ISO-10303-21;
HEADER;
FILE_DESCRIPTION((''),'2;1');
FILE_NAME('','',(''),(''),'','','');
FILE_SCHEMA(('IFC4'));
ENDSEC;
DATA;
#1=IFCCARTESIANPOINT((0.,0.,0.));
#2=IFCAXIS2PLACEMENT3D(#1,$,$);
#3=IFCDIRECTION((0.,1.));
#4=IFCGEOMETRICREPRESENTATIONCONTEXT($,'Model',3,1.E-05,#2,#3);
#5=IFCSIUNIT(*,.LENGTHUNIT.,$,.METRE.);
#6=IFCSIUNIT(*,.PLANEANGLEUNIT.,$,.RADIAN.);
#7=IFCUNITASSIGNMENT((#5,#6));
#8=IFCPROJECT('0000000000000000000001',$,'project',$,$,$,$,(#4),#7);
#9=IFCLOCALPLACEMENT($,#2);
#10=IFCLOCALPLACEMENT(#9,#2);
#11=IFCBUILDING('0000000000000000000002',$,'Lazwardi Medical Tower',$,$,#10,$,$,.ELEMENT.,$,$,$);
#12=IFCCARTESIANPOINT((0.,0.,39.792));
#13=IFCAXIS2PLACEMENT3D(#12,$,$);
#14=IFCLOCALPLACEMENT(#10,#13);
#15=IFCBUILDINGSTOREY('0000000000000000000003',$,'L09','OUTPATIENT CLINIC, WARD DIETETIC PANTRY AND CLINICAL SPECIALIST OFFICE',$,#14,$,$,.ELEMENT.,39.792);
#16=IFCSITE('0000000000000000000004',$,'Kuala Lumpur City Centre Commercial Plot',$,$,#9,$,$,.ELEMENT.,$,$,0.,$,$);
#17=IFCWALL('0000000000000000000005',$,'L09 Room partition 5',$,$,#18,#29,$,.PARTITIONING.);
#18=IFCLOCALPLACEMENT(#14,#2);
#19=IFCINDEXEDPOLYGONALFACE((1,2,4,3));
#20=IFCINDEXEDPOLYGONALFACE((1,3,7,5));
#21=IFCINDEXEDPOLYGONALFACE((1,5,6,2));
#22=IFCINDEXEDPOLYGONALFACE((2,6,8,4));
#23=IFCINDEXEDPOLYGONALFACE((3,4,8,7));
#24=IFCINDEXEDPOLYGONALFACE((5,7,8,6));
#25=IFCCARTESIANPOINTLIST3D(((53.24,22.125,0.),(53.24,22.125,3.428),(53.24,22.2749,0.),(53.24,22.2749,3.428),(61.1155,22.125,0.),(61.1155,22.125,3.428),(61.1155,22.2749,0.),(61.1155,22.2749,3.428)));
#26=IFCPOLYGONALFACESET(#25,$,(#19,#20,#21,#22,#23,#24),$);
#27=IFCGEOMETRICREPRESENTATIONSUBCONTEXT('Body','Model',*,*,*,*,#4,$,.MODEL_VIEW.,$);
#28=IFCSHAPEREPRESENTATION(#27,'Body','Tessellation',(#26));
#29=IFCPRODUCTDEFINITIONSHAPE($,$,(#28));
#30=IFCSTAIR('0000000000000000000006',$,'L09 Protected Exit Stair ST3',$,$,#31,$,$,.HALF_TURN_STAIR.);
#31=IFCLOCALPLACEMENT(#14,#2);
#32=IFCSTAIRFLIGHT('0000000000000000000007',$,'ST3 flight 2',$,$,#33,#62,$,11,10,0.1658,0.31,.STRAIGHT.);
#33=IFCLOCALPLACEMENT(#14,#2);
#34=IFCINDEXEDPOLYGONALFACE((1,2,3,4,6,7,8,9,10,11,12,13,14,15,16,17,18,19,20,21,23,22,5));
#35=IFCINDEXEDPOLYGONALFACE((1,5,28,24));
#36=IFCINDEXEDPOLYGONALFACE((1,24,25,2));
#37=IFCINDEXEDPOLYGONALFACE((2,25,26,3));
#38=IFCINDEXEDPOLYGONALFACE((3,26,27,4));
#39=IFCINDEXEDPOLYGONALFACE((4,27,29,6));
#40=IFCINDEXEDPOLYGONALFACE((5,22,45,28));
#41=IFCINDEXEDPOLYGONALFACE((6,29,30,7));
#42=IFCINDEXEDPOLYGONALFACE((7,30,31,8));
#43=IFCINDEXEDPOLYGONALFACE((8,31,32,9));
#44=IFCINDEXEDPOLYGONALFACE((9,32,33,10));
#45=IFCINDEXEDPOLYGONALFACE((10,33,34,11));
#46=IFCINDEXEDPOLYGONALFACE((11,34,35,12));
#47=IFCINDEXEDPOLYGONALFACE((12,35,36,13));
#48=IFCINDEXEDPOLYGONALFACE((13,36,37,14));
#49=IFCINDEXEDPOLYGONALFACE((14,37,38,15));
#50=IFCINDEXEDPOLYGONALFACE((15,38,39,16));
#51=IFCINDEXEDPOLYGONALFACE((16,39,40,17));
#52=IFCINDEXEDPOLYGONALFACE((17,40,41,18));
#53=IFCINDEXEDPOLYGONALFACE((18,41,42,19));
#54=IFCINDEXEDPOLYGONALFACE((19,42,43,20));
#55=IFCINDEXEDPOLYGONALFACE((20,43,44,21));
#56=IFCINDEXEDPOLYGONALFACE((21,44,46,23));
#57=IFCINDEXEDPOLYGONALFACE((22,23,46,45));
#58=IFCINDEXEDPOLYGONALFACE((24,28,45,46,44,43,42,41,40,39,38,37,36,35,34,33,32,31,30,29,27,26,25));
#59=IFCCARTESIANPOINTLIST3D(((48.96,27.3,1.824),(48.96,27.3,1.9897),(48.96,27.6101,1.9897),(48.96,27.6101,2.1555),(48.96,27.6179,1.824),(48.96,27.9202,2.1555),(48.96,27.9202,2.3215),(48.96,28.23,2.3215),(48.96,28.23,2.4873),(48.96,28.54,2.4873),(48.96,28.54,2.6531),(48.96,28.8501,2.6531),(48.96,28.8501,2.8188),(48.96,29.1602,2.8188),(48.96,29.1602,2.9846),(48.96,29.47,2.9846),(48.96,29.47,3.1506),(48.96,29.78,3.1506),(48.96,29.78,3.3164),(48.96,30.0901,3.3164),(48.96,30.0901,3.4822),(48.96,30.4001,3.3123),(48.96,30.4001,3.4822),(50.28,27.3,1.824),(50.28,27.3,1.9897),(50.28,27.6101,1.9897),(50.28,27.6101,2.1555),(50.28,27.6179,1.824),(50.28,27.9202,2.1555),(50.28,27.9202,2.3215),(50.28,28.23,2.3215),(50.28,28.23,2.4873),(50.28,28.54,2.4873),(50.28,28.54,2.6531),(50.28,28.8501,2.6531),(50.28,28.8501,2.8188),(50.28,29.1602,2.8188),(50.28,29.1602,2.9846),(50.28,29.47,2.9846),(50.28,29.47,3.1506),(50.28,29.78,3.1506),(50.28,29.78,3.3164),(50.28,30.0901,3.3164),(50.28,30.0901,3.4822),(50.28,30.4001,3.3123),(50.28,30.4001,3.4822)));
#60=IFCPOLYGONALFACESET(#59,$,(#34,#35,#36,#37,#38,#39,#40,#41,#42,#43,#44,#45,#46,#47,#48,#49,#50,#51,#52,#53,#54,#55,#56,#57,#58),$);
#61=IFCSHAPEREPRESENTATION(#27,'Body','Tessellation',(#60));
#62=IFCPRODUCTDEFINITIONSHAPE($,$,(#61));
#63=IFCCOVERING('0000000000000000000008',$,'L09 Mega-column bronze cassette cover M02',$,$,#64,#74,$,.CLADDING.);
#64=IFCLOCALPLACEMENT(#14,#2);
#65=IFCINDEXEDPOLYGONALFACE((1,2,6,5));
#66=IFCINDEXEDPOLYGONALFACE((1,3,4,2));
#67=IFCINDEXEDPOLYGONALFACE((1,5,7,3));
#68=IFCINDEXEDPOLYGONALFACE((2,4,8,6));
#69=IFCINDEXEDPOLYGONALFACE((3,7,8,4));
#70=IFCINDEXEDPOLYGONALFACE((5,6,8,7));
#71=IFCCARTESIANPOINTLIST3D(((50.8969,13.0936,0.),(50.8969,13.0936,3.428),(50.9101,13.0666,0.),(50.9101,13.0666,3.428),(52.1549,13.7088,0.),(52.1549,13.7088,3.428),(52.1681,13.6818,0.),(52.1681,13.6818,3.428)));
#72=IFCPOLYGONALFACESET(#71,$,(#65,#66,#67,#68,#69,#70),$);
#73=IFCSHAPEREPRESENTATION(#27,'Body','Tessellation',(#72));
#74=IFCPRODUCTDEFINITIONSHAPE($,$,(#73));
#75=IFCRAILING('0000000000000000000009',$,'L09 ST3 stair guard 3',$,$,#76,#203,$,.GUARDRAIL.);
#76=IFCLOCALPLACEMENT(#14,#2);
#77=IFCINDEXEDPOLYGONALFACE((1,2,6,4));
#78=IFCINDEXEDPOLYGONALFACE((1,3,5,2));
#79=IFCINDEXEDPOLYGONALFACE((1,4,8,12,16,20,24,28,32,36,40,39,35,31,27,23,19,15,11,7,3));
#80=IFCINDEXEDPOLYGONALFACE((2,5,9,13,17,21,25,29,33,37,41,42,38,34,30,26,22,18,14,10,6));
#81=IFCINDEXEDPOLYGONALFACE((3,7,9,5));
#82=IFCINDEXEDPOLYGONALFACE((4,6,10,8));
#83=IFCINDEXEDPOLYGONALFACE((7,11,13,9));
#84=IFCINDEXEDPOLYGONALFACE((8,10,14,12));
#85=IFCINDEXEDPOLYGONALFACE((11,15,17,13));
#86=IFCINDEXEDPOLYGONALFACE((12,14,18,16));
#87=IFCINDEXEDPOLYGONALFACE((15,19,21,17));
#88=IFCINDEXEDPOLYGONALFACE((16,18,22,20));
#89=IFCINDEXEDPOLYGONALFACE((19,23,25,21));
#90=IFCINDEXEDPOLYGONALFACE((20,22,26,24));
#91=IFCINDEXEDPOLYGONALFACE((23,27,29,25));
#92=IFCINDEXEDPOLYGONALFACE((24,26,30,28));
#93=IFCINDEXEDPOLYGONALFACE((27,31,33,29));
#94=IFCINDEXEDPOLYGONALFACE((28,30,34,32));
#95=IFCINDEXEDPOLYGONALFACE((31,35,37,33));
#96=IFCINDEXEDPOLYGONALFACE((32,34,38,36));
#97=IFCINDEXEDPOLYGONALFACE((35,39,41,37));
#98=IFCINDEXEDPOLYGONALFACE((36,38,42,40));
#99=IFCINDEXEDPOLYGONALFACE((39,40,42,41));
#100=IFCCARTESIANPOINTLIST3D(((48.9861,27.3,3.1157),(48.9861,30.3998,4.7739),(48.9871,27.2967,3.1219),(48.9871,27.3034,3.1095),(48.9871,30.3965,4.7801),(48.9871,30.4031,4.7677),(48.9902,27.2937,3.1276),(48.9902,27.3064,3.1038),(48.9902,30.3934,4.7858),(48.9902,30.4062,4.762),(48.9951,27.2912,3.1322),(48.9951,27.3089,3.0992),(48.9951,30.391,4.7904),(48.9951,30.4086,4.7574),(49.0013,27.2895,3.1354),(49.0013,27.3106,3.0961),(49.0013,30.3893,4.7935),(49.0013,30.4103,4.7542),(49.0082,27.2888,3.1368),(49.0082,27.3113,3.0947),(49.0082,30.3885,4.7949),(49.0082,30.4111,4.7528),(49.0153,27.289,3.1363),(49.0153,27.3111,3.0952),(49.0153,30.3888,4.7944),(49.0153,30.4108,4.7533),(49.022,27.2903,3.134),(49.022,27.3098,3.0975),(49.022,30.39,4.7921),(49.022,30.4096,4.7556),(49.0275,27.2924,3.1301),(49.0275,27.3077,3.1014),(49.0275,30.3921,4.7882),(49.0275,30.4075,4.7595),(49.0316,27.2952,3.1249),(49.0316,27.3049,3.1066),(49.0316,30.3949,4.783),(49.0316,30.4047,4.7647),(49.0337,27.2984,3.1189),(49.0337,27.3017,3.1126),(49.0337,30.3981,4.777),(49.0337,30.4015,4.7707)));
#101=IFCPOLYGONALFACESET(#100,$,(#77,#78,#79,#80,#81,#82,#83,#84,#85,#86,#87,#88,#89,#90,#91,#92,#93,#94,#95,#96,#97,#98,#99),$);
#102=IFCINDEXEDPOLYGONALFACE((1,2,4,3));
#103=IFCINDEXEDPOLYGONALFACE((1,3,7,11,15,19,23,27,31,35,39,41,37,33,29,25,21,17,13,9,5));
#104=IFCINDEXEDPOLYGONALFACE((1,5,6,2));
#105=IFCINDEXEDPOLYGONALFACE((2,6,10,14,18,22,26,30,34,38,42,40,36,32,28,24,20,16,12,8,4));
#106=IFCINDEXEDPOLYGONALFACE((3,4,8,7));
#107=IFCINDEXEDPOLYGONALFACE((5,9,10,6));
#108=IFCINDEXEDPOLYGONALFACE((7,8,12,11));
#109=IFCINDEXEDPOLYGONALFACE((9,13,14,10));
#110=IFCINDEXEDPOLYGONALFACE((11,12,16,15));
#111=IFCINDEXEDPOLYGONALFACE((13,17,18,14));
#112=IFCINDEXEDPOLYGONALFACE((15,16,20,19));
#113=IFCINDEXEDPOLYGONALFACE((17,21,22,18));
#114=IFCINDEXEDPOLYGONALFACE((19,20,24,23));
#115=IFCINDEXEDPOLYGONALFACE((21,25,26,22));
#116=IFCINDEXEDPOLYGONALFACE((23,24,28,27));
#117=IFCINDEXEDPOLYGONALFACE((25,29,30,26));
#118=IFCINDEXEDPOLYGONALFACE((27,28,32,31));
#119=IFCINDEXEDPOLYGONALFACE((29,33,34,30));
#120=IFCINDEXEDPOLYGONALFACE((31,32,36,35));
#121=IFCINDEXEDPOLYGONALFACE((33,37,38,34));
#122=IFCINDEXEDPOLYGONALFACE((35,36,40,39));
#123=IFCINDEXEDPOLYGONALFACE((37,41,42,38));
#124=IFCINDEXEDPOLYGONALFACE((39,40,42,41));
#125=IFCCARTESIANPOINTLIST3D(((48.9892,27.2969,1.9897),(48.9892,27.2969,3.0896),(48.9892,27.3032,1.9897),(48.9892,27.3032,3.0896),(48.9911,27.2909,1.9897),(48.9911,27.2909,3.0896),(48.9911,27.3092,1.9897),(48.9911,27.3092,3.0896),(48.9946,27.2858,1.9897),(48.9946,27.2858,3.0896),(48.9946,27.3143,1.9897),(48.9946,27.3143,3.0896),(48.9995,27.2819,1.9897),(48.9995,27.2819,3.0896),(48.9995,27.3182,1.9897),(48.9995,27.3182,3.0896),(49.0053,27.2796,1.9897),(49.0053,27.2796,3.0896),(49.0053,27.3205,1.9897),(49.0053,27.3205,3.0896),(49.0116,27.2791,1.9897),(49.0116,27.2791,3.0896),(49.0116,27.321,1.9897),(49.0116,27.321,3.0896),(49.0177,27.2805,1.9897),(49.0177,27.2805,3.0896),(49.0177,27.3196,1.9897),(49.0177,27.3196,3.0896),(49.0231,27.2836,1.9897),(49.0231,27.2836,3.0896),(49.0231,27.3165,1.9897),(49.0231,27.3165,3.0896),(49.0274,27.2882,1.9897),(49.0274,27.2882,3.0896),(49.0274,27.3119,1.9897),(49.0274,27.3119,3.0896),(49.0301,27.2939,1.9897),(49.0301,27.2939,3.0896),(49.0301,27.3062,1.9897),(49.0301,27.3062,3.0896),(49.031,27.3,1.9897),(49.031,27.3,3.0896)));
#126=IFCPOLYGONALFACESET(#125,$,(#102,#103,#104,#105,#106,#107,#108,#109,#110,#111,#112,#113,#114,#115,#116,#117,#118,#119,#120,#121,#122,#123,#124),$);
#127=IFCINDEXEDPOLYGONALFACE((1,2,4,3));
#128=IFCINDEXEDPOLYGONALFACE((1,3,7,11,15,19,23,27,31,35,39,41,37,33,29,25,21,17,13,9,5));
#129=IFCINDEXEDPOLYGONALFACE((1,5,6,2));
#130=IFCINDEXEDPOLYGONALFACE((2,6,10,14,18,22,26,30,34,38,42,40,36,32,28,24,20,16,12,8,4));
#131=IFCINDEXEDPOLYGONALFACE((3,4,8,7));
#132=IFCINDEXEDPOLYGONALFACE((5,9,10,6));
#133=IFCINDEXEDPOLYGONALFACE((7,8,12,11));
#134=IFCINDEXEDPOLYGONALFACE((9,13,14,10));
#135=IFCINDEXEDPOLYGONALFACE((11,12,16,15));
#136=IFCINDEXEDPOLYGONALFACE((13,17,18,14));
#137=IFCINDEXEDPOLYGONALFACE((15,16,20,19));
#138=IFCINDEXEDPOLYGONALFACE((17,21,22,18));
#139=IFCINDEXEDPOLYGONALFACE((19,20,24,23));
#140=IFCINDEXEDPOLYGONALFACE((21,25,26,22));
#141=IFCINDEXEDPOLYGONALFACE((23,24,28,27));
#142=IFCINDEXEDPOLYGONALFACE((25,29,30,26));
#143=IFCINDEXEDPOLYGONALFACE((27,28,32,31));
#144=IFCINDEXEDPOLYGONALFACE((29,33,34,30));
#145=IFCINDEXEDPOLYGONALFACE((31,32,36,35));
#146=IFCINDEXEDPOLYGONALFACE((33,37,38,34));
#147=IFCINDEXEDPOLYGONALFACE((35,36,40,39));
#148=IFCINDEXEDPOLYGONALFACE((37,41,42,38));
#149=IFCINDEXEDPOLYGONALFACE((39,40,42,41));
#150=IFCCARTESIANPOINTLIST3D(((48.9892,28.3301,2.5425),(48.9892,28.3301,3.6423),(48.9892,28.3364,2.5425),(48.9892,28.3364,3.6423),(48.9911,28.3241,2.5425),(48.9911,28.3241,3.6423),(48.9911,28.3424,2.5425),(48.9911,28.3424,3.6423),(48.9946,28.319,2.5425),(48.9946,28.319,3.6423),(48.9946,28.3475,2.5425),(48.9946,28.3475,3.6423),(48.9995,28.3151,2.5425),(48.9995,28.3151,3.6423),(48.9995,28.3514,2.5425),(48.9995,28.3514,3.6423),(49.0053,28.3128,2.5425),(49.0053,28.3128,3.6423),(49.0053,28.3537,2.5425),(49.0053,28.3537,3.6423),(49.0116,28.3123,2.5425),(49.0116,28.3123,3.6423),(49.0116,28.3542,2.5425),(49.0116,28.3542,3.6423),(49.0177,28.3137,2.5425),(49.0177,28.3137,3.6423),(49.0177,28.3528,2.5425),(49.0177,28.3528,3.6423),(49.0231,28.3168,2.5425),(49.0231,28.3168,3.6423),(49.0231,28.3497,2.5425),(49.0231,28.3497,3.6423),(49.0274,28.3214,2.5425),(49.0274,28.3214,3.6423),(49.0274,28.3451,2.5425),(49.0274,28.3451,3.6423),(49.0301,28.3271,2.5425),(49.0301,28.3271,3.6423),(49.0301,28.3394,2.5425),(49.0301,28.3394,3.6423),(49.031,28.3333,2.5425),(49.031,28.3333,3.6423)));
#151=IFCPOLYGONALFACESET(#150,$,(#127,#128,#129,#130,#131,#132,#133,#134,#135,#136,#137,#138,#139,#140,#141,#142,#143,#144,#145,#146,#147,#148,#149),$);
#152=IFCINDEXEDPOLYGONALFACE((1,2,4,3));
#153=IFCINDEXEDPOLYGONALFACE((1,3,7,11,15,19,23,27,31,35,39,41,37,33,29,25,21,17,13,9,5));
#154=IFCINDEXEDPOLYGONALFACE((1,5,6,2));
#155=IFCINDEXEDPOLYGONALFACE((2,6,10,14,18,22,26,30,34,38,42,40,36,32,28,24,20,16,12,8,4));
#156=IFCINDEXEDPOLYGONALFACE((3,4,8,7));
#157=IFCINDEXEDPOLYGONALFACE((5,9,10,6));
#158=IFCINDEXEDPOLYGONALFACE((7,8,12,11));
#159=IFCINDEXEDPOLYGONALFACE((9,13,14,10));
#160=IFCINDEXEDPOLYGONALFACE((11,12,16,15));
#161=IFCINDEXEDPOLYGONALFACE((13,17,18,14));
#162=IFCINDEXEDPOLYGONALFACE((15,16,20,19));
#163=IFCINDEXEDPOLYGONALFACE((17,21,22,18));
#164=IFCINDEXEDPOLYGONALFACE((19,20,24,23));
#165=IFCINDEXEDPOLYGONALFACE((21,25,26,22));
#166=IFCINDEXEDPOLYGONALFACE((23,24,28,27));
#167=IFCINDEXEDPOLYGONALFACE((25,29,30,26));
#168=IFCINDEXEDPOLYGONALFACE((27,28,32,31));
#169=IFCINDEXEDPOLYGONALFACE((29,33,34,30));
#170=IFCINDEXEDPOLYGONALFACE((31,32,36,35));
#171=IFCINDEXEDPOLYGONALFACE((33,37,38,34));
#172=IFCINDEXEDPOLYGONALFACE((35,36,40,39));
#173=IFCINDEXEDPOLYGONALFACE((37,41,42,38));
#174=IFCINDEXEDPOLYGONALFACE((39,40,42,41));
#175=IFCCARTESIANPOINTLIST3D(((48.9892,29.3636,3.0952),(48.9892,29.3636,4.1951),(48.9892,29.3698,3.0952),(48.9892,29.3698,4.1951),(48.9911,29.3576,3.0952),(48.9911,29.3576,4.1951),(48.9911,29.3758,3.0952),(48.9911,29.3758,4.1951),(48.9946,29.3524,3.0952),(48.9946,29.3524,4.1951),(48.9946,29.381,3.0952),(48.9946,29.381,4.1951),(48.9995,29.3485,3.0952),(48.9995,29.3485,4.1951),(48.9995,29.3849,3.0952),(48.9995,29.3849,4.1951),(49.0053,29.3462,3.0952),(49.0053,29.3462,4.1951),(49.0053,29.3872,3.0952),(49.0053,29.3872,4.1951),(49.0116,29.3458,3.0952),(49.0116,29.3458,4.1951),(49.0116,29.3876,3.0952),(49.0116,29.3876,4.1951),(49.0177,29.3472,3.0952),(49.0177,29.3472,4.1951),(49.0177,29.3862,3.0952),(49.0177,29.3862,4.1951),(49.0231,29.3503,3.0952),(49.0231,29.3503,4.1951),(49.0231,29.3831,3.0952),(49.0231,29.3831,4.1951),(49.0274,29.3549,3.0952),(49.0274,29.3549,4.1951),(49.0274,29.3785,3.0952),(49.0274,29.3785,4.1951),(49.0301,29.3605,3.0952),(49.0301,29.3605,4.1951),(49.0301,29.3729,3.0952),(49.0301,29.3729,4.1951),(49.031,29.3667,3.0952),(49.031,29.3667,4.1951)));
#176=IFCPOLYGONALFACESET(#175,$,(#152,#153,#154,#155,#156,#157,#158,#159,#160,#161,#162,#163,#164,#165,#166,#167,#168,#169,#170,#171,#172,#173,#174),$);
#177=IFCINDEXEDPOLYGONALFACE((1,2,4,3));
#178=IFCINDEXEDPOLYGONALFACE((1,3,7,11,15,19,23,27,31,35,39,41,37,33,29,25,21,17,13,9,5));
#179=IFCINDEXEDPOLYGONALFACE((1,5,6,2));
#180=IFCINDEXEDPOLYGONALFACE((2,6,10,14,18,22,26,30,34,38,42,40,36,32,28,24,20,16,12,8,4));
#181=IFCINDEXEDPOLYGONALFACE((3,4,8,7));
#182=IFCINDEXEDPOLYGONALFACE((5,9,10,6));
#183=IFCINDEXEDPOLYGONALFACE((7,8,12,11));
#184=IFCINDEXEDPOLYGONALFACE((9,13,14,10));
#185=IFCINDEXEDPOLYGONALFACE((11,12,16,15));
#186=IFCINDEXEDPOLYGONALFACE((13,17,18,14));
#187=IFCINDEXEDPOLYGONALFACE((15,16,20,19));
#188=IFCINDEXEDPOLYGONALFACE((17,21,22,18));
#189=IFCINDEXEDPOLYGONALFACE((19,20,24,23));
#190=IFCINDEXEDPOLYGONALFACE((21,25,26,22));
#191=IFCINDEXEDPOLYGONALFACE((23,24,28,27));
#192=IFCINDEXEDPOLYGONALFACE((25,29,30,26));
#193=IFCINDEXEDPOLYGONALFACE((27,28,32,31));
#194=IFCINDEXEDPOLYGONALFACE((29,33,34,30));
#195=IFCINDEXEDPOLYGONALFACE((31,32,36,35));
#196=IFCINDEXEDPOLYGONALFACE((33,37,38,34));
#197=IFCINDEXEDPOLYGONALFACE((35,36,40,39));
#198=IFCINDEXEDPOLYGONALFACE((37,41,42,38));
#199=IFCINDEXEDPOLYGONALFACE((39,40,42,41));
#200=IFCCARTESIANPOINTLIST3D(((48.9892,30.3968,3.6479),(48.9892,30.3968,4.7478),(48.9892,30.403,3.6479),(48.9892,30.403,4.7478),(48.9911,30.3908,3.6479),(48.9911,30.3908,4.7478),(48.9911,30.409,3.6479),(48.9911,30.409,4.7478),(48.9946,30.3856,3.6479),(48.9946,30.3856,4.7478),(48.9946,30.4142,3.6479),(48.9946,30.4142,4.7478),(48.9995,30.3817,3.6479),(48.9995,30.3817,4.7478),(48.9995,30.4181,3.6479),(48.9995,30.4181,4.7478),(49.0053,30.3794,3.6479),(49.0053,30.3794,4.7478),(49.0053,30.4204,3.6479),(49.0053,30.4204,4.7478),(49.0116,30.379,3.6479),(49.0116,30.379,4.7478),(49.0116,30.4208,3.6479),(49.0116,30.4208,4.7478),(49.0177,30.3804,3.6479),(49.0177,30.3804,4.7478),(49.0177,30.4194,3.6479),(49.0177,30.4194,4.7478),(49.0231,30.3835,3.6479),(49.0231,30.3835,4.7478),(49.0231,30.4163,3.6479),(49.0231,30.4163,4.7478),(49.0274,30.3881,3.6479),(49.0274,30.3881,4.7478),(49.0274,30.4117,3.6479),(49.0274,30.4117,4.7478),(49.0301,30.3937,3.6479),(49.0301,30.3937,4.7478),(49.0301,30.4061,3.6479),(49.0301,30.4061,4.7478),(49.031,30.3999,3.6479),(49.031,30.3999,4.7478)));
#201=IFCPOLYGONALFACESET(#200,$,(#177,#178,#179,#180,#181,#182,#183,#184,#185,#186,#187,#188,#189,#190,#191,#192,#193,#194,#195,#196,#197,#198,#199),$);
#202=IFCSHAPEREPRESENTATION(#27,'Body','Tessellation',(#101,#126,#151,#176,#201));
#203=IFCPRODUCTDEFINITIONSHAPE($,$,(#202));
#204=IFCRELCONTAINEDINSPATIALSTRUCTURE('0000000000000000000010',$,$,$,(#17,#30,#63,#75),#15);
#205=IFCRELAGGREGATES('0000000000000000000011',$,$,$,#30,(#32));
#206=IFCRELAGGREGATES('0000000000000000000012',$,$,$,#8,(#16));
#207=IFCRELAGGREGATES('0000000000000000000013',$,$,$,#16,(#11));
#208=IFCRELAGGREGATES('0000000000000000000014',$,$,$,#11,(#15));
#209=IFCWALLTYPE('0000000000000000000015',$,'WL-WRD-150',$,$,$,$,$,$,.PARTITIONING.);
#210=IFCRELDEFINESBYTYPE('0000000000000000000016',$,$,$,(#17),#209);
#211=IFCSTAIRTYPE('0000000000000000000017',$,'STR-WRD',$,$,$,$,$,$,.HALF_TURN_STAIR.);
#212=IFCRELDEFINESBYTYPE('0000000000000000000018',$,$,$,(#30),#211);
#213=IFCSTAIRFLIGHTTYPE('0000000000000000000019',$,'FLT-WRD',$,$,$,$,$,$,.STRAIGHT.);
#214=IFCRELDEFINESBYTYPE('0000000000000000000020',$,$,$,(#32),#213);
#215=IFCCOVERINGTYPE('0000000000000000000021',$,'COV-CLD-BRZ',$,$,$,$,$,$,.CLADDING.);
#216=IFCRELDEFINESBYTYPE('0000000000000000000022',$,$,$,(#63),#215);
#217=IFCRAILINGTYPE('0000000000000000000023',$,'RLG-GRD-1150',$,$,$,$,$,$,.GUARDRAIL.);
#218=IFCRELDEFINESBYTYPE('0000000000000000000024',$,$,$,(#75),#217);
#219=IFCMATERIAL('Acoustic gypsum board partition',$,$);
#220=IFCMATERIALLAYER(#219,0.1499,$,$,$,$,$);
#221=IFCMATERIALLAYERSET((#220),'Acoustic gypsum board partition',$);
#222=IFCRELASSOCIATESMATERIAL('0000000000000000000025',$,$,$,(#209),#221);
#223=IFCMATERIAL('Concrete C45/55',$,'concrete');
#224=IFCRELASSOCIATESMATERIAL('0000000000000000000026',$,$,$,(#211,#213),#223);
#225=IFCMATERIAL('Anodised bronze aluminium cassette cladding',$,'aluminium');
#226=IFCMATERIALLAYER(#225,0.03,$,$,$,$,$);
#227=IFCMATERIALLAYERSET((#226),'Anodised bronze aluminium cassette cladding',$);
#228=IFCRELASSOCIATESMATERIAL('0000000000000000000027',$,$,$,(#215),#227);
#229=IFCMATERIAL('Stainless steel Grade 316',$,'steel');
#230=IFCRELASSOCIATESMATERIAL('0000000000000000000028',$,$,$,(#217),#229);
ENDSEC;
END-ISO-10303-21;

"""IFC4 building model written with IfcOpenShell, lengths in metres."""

from ifc_helpers import new_model, si_unit, direction, frame, frame_2d, origin, origin_2d, place, context, subcontext, project, spatial, polyline, rectangle, circle, outline, extrude, material, layer, layer_set, type_object, element, aggregate, save


model = new_model("IFC4")

# Units and contexts
model_context = context("Model", 3, precision=1e-05, world=origin(), true_north=direction((0.0, 1.0)))
body_context = subcontext(model_context, "Body", "Model", "MODEL_VIEW")
ifc_project = project(units=[si_unit("LENGTHUNIT", "METRE"), si_unit("PLANEANGLEUNIT", "RADIAN")], contexts=[model_context])

# Site, building, storey
site_placement = place(None, origin())
site = spatial("IfcSite", under=ifc_project, at=site_placement, Name="Kuala Lumpur City Centre Commercial Plot", CompositionType="ELEMENT", RefElevation=0.0)
building_placement = place(site_placement, origin())
building = spatial("IfcBuilding", under=site, at=building_placement, Name="Lazwardi Medical Tower", CompositionType="ELEMENT")
storey_placement = place(building_placement, frame((0.0, 0.0, 39.792)))
storey = spatial("IfcBuildingStorey", under=building, at=storey_placement, Name="L09", Description="OUTPATIENT CLINIC, WARD DIETETIC PANTRY AND CLINICAL SPECIALIST OFFICE", CompositionType="ELEMENT", Elevation=39.792)

# Wall
ifc_material_1 = material(Name="Acoustic gypsum board partition")
ifc_layer_1 = layer(ifc_material_1, 0.1499)
ifc_layer_set_1 = layer_set([ifc_layer_1], Name="Acoustic gypsum board partition")
wall_type_1 = type_object("IfcWallType", Name="WL-WRD-150", PredefinedType="PARTITIONING", material=ifc_layer_set_1)
wall_1_placement = place(storey_placement, frame((53.24, 22.2, 0.0), z_axis=(0.0, 0.0, 1.0), x_axis=(1.0, 0.0, 0.0)))
element("IfcWall", 1, at=wall_1_placement, inside=storey, type_object=wall_type_1, Name="L09 Room partition 5", PredefinedType="PARTITIONING", context=body_context, shape_type="SweptSolid", body=[
    extrude(rectangle(XDim=7.8755, YDim=0.1499, at=frame_2d((3.9377, 0.0))), origin(), (0.0, 0.0, 1.0), 3.428),
])

# Stair, stair flight
ifc_material_2 = material(Name="Concrete C45/55", Category="concrete")
stair_type = type_object("IfcStairType", Name="STR-WRD", PredefinedType="HALF_TURN_STAIR", material=ifc_material_2)
stair_placement = place(storey_placement, origin())
stair = element("IfcStair", 2, at=stair_placement, inside=storey, type_object=stair_type, Name="L09 Protected Exit Stair ST3", PredefinedType="HALF_TURN_STAIR")
stair_flight_type = type_object("IfcStairFlightType", Name="FLT-WRD", PredefinedType="STRAIGHT", material=ifc_material_2)
stair_flight_placement = place(storey_placement, frame((49.6201, 27.3, 1.824), z_axis=(0.0, 0.0, 1.0), x_axis=(0.0, 1.0, 0.0)))
stair_flight = element("IfcStairFlight", 3, at=stair_flight_placement, type_object=stair_flight_type, Name="ST3 flight 2", NumberOfRisers=11, NumberOfTreads=10, PredefinedType="STRAIGHT", RiserHeight=0.1658, TreadLength=0.31, context=body_context, shape_type="SweptSolid", body=[
    extrude(outline(polyline([(0.0, 0.0), (0.0, 0.1658), (0.3101, 0.1658), (0.3101, 0.3315), (0.6201, 0.3315), (0.6201, 0.4976), (0.9299, 0.4976), (0.9299, 0.6633), (1.24, 0.6633), (1.24, 0.8291), (1.55, 0.8291), (1.55, 0.9949), (1.8601, 0.9949), (1.8601, 1.1606), (2.1699, 1.1606), (2.1699, 1.3267), (2.48, 1.3267), (2.48, 1.4924), (2.79, 1.4924), (2.79, 1.6582), (3.1001, 1.6582), (3.1001, 1.824), (3.1001, 1.4883), (0.3179, 0.0), (0.0, 0.0)])), frame((0.0, 0.6602, 0.0), z_axis=(0.0, -1.0, 0.0), x_axis=(1.0, 0.0, 0.0)), (0.0, 0.0, 1.0), 1.3201),
])
aggregate(stair, [stair_flight])

# Covering
ifc_material_3 = material(Name="Anodised bronze aluminium cassette cladding", Category="aluminium")
ifc_layer_2 = layer(ifc_material_3, 0.03)
ifc_layer_set_2 = layer_set([ifc_layer_2], Name="Anodised bronze aluminium cassette cladding")
covering_type = type_object("IfcCoveringType", Name="COV-CLD-BRZ", PredefinedType="CLADDING", material=ifc_layer_set_2)
covering_placement = place(storey_placement, frame((51.5325, 13.3877, 0.0), z_axis=(0.0, 0.0, 1.0), x_axis=(0.898334, 0.439312, 0.0)))
element("IfcCovering", 4, at=covering_placement, inside=storey, type_object=covering_type, Name="L09 Mega-column bronze cassette cover M02", PredefinedType="CLADDING", context=body_context, shape_type="SweptSolid", body=[
    extrude(rectangle(XDim=1.4004, YDim=0.03, at=origin_2d()), origin(), (0.0, 0.0, 1.0), 3.428),
])

# Railing
ifc_material_4 = material(Name="Stainless steel Grade 316", Category="steel")
railing_type_1 = type_object("IfcRailingType", Name="RLG-GRD-1150", PredefinedType="GUARDRAIL", material=ifc_material_4)
railing_1_placement = place(storey_placement, frame((49.01, 27.3, 1.9897)))
element("IfcRailing", 5, at=railing_1_placement, inside=storey, type_object=railing_type_1, Name="L09 ST3 stair guard 3", PredefinedType="GUARDRAIL", context=body_context, shape_type="SweptSolid", body=[
    extrude(circle(Radius=0.0239, at=origin_2d()), frame((0.0, 0.0, 1.126), z_axis=(0.0, 0.881768, 0.471684), x_axis=(-1.0, 0.0, 0.0)), (0.0, 0.0, 1.0), 3.5154),
    extrude(circle(Radius=0.021, at=origin_2d()), origin(), (0.0, 0.0, 1.0), 1.0999),
    extrude(circle(Radius=0.021, at=origin_2d()), frame((0.0, 1.0332, 0.5527)), (0.0, 0.0, 1.0), 1.0999),
    extrude(circle(Radius=0.021, at=origin_2d()), frame((0.0, 2.0667, 1.1055)), (0.0, 0.0, 1.0), 1.0999),
    extrude(circle(Radius=0.021, at=origin_2d()), frame((0.0, 3.0999, 1.6582)), (0.0, 0.0, 1.0), 1.0999),
])

save(model, "model.ifc")
